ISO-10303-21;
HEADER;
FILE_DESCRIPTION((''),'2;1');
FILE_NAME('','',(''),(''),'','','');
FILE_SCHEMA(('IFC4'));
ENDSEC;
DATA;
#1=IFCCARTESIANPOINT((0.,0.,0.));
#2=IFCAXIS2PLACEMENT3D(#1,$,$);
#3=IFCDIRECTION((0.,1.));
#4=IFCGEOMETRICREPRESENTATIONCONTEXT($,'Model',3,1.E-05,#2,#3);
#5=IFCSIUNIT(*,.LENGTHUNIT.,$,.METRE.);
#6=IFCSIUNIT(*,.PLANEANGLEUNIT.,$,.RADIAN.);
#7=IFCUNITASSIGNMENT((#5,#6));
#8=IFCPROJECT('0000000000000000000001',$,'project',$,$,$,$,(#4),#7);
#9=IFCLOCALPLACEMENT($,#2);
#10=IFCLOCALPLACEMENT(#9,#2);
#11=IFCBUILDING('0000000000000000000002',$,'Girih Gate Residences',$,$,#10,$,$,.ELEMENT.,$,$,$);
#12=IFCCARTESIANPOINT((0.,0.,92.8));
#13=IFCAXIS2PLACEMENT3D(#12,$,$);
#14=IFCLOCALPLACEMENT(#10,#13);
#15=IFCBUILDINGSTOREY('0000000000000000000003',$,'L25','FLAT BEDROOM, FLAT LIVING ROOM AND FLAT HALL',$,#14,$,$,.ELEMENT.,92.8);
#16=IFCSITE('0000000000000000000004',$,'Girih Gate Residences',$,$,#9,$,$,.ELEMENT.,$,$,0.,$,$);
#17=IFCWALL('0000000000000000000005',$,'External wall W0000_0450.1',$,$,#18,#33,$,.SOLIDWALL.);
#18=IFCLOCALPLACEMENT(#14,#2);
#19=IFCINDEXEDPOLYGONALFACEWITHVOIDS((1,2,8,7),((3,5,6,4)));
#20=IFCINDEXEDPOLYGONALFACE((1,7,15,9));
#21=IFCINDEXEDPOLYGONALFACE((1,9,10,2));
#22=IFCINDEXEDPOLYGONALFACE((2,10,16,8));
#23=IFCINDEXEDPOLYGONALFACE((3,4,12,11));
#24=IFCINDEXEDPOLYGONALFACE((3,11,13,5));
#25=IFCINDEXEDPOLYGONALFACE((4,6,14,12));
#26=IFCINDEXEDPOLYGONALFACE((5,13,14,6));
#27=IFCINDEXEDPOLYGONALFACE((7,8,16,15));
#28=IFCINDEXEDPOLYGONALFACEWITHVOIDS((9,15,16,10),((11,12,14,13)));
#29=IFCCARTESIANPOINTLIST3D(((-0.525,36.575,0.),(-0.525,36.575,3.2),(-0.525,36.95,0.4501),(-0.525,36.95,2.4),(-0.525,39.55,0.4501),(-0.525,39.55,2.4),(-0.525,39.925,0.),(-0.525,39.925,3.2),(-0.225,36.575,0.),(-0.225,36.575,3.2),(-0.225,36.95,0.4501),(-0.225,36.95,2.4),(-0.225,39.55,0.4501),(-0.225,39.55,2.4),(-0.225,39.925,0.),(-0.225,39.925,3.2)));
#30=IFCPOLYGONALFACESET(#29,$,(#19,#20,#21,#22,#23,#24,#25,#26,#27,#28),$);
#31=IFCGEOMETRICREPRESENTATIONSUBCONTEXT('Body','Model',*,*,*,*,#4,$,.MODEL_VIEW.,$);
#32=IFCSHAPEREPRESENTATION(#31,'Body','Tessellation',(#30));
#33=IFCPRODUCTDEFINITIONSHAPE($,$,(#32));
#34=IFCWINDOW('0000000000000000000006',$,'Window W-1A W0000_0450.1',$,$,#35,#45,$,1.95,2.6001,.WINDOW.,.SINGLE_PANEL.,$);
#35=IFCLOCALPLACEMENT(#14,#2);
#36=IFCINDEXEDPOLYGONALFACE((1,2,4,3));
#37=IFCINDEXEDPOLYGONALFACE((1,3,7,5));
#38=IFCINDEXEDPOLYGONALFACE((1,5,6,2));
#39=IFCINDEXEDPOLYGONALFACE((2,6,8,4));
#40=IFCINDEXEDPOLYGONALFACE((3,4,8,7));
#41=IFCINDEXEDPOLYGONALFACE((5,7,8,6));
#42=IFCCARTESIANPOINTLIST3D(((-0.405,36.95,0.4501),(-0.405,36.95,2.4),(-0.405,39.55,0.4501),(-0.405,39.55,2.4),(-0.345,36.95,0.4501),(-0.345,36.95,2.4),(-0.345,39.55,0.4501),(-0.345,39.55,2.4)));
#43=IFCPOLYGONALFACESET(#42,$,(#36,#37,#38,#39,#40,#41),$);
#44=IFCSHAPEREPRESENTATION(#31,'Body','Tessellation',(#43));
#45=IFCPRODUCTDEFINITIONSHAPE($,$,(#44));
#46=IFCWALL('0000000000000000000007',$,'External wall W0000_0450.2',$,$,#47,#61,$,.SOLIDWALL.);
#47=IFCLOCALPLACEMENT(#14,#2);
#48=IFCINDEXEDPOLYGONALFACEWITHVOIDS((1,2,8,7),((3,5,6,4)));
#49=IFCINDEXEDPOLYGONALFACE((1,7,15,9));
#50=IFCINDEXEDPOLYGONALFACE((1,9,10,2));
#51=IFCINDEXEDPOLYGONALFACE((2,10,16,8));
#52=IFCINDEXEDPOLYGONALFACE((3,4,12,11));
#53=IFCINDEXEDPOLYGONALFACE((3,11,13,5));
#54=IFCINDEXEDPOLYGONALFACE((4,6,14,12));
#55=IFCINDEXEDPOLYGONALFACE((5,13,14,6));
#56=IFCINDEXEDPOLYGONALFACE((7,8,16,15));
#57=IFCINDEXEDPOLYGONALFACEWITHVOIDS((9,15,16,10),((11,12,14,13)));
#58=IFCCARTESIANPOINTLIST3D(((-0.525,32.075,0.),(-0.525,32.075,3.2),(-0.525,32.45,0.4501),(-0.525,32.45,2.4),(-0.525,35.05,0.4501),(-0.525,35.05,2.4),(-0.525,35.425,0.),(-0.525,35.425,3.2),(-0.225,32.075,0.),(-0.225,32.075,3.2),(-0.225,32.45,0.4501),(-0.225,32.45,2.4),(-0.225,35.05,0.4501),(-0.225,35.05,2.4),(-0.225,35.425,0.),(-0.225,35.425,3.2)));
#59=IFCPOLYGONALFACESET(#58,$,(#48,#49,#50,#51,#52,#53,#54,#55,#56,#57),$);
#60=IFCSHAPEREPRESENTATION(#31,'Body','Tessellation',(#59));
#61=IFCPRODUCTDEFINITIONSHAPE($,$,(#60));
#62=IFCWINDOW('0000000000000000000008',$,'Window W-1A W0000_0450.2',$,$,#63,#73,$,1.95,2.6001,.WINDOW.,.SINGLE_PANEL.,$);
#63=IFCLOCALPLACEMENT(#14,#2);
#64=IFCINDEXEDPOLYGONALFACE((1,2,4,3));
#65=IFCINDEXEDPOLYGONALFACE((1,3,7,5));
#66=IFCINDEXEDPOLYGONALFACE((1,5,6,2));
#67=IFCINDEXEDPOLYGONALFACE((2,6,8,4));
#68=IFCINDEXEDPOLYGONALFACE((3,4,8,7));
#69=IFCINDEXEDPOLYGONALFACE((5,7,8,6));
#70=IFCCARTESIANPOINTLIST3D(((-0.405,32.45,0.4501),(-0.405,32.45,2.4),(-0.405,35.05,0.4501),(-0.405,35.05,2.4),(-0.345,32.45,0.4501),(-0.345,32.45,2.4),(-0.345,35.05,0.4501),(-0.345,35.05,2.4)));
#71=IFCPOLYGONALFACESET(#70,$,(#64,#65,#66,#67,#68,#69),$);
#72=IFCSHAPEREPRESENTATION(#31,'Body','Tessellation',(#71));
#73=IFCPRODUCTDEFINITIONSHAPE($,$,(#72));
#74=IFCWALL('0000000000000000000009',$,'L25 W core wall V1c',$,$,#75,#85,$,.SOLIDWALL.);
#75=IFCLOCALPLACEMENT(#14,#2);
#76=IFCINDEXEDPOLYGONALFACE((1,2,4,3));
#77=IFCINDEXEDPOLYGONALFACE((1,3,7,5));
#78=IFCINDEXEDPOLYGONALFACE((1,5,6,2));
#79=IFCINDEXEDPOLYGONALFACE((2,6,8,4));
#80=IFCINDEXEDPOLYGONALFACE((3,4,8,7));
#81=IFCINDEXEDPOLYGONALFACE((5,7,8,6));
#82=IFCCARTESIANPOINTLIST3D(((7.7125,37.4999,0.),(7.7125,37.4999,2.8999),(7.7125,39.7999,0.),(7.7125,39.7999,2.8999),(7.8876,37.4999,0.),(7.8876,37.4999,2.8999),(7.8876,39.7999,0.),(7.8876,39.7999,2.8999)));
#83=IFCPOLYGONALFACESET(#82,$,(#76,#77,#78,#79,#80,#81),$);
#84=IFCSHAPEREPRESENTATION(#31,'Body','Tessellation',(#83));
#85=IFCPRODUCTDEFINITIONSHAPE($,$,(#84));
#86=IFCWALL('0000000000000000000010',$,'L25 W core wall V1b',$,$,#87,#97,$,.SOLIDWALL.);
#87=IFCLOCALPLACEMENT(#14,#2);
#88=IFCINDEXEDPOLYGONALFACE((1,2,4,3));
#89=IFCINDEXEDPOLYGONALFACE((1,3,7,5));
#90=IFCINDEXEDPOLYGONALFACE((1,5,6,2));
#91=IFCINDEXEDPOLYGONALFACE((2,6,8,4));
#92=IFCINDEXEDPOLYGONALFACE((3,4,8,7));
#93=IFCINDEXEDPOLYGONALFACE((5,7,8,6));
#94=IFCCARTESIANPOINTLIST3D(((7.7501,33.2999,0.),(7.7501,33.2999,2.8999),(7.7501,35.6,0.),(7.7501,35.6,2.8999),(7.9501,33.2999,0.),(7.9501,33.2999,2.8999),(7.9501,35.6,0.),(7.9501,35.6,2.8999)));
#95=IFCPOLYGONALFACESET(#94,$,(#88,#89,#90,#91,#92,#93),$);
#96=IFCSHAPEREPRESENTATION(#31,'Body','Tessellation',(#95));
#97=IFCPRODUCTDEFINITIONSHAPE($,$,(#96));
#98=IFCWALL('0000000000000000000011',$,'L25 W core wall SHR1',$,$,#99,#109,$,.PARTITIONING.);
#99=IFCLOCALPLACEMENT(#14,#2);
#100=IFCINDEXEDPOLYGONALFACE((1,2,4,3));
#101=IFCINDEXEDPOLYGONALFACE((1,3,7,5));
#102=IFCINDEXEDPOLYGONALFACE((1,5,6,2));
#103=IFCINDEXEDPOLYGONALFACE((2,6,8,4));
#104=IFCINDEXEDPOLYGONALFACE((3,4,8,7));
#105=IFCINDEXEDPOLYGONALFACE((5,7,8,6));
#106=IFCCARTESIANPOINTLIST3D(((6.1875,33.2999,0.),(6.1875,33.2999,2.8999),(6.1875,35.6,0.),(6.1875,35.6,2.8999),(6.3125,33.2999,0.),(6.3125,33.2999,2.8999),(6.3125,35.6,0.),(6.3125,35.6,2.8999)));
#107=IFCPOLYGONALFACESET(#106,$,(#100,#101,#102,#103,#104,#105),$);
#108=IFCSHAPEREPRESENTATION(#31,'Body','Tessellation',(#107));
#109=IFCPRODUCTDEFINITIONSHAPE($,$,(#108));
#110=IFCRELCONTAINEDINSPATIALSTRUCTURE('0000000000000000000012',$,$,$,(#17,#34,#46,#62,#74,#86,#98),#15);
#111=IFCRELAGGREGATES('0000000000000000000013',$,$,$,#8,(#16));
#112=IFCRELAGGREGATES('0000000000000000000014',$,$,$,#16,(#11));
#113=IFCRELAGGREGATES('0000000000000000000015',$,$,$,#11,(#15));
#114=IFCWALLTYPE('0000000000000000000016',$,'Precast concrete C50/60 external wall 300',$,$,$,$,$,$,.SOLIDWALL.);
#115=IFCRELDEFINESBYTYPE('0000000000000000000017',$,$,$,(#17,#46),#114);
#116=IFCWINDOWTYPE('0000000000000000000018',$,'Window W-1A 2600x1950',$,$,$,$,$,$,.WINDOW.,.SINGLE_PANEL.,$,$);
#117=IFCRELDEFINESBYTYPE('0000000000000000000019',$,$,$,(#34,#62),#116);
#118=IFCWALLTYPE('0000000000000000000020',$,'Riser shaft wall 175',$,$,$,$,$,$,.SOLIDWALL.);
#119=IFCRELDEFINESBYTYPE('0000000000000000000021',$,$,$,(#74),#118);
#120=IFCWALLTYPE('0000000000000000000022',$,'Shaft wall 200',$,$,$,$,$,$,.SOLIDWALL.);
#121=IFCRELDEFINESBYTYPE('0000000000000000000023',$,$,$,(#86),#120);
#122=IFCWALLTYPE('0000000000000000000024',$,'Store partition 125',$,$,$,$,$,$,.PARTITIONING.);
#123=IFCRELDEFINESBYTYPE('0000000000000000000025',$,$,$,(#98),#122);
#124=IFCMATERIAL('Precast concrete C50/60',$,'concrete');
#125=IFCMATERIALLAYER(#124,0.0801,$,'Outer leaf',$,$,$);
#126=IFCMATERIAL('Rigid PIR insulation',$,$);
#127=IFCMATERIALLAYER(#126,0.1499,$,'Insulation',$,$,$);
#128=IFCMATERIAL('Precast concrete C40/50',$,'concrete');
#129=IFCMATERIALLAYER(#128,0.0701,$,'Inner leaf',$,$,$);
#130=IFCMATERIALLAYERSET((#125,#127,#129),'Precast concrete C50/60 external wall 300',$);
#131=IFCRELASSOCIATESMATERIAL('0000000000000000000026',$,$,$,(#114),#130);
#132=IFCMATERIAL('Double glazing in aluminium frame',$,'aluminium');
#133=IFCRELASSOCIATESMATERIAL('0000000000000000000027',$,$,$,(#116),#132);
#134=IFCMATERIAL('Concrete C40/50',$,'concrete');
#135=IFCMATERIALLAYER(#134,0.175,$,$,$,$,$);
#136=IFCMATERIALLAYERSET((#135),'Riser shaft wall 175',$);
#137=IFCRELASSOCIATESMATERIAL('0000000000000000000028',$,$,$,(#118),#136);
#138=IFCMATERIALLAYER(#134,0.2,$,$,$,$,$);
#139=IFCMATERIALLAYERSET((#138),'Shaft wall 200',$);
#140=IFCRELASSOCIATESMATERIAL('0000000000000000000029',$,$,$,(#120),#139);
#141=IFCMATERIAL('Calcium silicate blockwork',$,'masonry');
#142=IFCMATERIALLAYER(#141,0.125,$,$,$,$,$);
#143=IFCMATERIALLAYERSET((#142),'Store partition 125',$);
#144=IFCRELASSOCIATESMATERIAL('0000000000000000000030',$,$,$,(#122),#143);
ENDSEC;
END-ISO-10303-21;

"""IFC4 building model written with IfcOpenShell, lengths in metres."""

from ifc_helpers import new_model, si_unit, direction, frame, frame_2d, origin, place, context, subcontext, project, spatial, rectangle, extrude, material, layer, layer_set, type_object, element, fill, save


model = new_model("IFC4")

# Units and contexts
model_context = context("Model", 3, precision=1e-05, world=origin(), true_north=direction((0.0, 1.0)))
body_context = subcontext(model_context, "Body", "Model", "MODEL_VIEW")
ifc_project = project(units=[si_unit("LENGTHUNIT", "METRE"), si_unit("PLANEANGLEUNIT", "RADIAN")], contexts=[model_context])

# Site, building, storey
site_placement = place(None, origin())
site = spatial("IfcSite", under=ifc_project, at=site_placement, Name="Girih Gate Residences", CompositionType="ELEMENT", RefElevation=0.0)
building_placement = place(site_placement, origin())
building = spatial("IfcBuilding", under=site, at=building_placement, Name="Girih Gate Residences", CompositionType="ELEMENT")
storey_placement = place(building_placement, frame((0.0, 0.0, 92.8)))
storey = spatial("IfcBuildingStorey", under=building, at=storey_placement, Name="L25", Description="FLAT BEDROOM, FLAT LIVING ROOM AND FLAT HALL", CompositionType="ELEMENT", Elevation=92.8)

# Shared definitions
ifc_material_1 = material(Name="Concrete C40/50", Category="concrete")

# Walls, openings, windows
ifc_material_2 = material(Name="Precast concrete C50/60", Category="concrete")
ifc_layer_1 = layer(ifc_material_2, 0.0801, Name="Outer leaf")
ifc_material_3 = material(Name="Rigid PIR insulation")
ifc_layer_2 = layer(ifc_material_3, 0.1499, Name="Insulation")
ifc_material_4 = material(Name="Precast concrete C40/50", Category="concrete")
ifc_layer_3 = layer(ifc_material_4, 0.0701, Name="Inner leaf")
ifc_layer_set_1 = layer_set([ifc_layer_1, ifc_layer_2, ifc_layer_3], Name="Precast concrete C50/60 external wall 300")
wall_type_1 = type_object("IfcWallType", Name="Precast concrete C50/60 external wall 300", PredefinedType="SOLIDWALL", material=ifc_layer_set_1)
wall_1_placement = place(storey_placement, frame((-0.375, 36.575, 0.0), z_axis=(0.0, 0.0, 1.0), x_axis=(0.0, 1.0, 0.0)))
wall_1 = element("IfcWall", 1, at=wall_1_placement, inside=storey, type_object=wall_type_1, Name="External wall W0000_0450.1", PredefinedType="SOLIDWALL", context=body_context, shape_type="SweptSolid", body=[
    extrude(rectangle(XDim=3.3501, YDim=0.3, at=frame_2d((1.675, 0.0))), origin(), (0.0, 0.0, 1.0), 3.2),
])
opening_1_placement = place(wall_1_placement, frame((0.375, 0.0, 0.45)))
opening_1 = element("IfcOpeningElement", 2, at=opening_1_placement, cuts=wall_1, PredefinedType="OPENING", context=body_context, shape_type="SweptSolid", body=[
    extrude(rectangle(XDim=2.6001, YDim=1.95, at=frame_2d((1.3, 0.9751))), frame((0.0, 0.1599, 0.0), z_axis=(0.0, -1.0, 0.0), x_axis=(1.0, 0.0, 0.0)), (0.0, 0.0, 1.0), 0.3201),
])
ifc_material_5 = material(Name="Double glazing in aluminium frame", Category="aluminium")
window_type = type_object("IfcWindowType", Name="Window W-1A 2600x1950", PartitioningType="SINGLE_PANEL", PredefinedType="WINDOW", material=ifc_material_5)
window_1_placement = place(opening_1_placement, origin())
window_1 = element("IfcWindow", 3, at=window_1_placement, inside=storey, type_object=window_type, Name="Window W-1A W0000_0450.1", OverallHeight=1.95, OverallWidth=2.6001, PartitioningType="SINGLE_PANEL", PredefinedType="WINDOW", context=body_context, shape_type="SweptSolid", body=[
    extrude(rectangle(XDim=2.6001, YDim=1.95, at=frame_2d((1.3, 0.9751))), frame((0.0, 0.03, 0.0), z_axis=(0.0, -1.0, 0.0), x_axis=(1.0, 0.0, 0.0)), (0.0, 0.0, 1.0), 0.0601),
])
fill(opening_1, window_1)
wall_2_placement = place(storey_placement, frame((-0.375, 32.075, 0.0), z_axis=(0.0, 0.0, 1.0), x_axis=(0.0, 1.0, 0.0)))
wall_2 = element("IfcWall", 4, at=wall_2_placement, inside=storey, type_object=wall_type_1, Name="External wall W0000_0450.2", PredefinedType="SOLIDWALL", context=body_context, shape_type="SweptSolid", body=[
    extrude(rectangle(XDim=3.3501, YDim=0.3, at=frame_2d((1.675, 0.0))), origin(), (0.0, 0.0, 1.0), 3.2),
])
opening_2_placement = place(wall_2_placement, frame((0.375, 0.0, 0.45)))
opening_2 = element("IfcOpeningElement", 5, at=opening_2_placement, cuts=wall_2, PredefinedType="OPENING", context=body_context, shape_type="SweptSolid", body=[
    extrude(rectangle(XDim=2.6001, YDim=1.95, at=frame_2d((1.3, 0.9751))), frame((0.0, 0.1599, 0.0), z_axis=(0.0, -1.0, 0.0), x_axis=(1.0, 0.0, 0.0)), (0.0, 0.0, 1.0), 0.3201),
])
window_2_placement = place(opening_2_placement, origin())
window_2 = element("IfcWindow", 6, at=window_2_placement, inside=storey, type_object=window_type, Name="Window W-1A W0000_0450.2", OverallHeight=1.95, OverallWidth=2.6001, PartitioningType="SINGLE_PANEL", PredefinedType="WINDOW", context=body_context, shape_type="SweptSolid", body=[
    extrude(rectangle(XDim=2.6001, YDim=1.95, at=frame_2d((1.3, 0.9751))), frame((0.0, 0.03, 0.0), z_axis=(0.0, -1.0, 0.0), x_axis=(1.0, 0.0, 0.0)), (0.0, 0.0, 1.0), 0.0601),
])
fill(opening_2, window_2)

# Walls
ifc_layer_4 = layer(ifc_material_1, 0.175)
ifc_layer_set_2 = layer_set([ifc_layer_4], Name="Riser shaft wall 175")
wall_type_2 = type_object("IfcWallType", Name="Riser shaft wall 175", PredefinedType="SOLIDWALL", material=ifc_layer_set_2)
wall_3_placement = place(storey_placement, frame((7.8, 37.5, 0.0), z_axis=(0.0, 0.0, 1.0), x_axis=(0.0, 1.0, 0.0)))
element("IfcWall", 7, at=wall_3_placement, inside=storey, type_object=wall_type_2, Name="L25 W core wall V1c", PredefinedType="SOLIDWALL", context=body_context, shape_type="SweptSolid", body=[
    extrude(rectangle(XDim=2.3, YDim=0.175, at=frame_2d((1.1499, 0.0))), origin(), (0.0, 0.0, 1.0), 2.8999),
])
ifc_layer_5 = layer(ifc_material_1, 0.2)
ifc_layer_set_3 = layer_set([ifc_layer_5], Name="Shaft wall 200")
wall_type_3 = type_object("IfcWallType", Name="Shaft wall 200", PredefinedType="SOLIDWALL", material=ifc_layer_set_3)
wall_4_placement = place(storey_placement, frame((7.8501, 33.3, 0.0), z_axis=(0.0, 0.0, 1.0), x_axis=(0.0, 1.0, 0.0)))
element("IfcWall", 8, at=wall_4_placement, inside=storey, type_object=wall_type_3, Name="L25 W core wall V1b", PredefinedType="SOLIDWALL", context=body_context, shape_type="SweptSolid", body=[
    extrude(rectangle(XDim=2.3, YDim=0.2, at=frame_2d((1.1499, 0.0))), origin(), (0.0, 0.0, 1.0), 2.8999),
])
ifc_material_6 = material(Name="Calcium silicate blockwork", Category="masonry")
ifc_layer_6 = layer(ifc_material_6, 0.125)
ifc_layer_set_4 = layer_set([ifc_layer_6], Name="Store partition 125")
wall_type_4 = type_object("IfcWallType", Name="Store partition 125", PredefinedType="PARTITIONING", material=ifc_layer_set_4)
wall_5_placement = place(storey_placement, frame((6.25, 33.3, 0.0), z_axis=(0.0, 0.0, 1.0), x_axis=(0.0, 1.0, 0.0)))
element("IfcWall", 9, at=wall_5_placement, inside=storey, type_object=wall_type_4, Name="L25 W core wall SHR1", PredefinedType="PARTITIONING", context=body_context, shape_type="SweptSolid", body=[
    extrude(rectangle(XDim=2.3, YDim=0.125, at=frame_2d((1.1499, 0.0))), origin(), (0.0, 0.0, 1.0), 2.8999),
])

save(model, "model.ifc")
